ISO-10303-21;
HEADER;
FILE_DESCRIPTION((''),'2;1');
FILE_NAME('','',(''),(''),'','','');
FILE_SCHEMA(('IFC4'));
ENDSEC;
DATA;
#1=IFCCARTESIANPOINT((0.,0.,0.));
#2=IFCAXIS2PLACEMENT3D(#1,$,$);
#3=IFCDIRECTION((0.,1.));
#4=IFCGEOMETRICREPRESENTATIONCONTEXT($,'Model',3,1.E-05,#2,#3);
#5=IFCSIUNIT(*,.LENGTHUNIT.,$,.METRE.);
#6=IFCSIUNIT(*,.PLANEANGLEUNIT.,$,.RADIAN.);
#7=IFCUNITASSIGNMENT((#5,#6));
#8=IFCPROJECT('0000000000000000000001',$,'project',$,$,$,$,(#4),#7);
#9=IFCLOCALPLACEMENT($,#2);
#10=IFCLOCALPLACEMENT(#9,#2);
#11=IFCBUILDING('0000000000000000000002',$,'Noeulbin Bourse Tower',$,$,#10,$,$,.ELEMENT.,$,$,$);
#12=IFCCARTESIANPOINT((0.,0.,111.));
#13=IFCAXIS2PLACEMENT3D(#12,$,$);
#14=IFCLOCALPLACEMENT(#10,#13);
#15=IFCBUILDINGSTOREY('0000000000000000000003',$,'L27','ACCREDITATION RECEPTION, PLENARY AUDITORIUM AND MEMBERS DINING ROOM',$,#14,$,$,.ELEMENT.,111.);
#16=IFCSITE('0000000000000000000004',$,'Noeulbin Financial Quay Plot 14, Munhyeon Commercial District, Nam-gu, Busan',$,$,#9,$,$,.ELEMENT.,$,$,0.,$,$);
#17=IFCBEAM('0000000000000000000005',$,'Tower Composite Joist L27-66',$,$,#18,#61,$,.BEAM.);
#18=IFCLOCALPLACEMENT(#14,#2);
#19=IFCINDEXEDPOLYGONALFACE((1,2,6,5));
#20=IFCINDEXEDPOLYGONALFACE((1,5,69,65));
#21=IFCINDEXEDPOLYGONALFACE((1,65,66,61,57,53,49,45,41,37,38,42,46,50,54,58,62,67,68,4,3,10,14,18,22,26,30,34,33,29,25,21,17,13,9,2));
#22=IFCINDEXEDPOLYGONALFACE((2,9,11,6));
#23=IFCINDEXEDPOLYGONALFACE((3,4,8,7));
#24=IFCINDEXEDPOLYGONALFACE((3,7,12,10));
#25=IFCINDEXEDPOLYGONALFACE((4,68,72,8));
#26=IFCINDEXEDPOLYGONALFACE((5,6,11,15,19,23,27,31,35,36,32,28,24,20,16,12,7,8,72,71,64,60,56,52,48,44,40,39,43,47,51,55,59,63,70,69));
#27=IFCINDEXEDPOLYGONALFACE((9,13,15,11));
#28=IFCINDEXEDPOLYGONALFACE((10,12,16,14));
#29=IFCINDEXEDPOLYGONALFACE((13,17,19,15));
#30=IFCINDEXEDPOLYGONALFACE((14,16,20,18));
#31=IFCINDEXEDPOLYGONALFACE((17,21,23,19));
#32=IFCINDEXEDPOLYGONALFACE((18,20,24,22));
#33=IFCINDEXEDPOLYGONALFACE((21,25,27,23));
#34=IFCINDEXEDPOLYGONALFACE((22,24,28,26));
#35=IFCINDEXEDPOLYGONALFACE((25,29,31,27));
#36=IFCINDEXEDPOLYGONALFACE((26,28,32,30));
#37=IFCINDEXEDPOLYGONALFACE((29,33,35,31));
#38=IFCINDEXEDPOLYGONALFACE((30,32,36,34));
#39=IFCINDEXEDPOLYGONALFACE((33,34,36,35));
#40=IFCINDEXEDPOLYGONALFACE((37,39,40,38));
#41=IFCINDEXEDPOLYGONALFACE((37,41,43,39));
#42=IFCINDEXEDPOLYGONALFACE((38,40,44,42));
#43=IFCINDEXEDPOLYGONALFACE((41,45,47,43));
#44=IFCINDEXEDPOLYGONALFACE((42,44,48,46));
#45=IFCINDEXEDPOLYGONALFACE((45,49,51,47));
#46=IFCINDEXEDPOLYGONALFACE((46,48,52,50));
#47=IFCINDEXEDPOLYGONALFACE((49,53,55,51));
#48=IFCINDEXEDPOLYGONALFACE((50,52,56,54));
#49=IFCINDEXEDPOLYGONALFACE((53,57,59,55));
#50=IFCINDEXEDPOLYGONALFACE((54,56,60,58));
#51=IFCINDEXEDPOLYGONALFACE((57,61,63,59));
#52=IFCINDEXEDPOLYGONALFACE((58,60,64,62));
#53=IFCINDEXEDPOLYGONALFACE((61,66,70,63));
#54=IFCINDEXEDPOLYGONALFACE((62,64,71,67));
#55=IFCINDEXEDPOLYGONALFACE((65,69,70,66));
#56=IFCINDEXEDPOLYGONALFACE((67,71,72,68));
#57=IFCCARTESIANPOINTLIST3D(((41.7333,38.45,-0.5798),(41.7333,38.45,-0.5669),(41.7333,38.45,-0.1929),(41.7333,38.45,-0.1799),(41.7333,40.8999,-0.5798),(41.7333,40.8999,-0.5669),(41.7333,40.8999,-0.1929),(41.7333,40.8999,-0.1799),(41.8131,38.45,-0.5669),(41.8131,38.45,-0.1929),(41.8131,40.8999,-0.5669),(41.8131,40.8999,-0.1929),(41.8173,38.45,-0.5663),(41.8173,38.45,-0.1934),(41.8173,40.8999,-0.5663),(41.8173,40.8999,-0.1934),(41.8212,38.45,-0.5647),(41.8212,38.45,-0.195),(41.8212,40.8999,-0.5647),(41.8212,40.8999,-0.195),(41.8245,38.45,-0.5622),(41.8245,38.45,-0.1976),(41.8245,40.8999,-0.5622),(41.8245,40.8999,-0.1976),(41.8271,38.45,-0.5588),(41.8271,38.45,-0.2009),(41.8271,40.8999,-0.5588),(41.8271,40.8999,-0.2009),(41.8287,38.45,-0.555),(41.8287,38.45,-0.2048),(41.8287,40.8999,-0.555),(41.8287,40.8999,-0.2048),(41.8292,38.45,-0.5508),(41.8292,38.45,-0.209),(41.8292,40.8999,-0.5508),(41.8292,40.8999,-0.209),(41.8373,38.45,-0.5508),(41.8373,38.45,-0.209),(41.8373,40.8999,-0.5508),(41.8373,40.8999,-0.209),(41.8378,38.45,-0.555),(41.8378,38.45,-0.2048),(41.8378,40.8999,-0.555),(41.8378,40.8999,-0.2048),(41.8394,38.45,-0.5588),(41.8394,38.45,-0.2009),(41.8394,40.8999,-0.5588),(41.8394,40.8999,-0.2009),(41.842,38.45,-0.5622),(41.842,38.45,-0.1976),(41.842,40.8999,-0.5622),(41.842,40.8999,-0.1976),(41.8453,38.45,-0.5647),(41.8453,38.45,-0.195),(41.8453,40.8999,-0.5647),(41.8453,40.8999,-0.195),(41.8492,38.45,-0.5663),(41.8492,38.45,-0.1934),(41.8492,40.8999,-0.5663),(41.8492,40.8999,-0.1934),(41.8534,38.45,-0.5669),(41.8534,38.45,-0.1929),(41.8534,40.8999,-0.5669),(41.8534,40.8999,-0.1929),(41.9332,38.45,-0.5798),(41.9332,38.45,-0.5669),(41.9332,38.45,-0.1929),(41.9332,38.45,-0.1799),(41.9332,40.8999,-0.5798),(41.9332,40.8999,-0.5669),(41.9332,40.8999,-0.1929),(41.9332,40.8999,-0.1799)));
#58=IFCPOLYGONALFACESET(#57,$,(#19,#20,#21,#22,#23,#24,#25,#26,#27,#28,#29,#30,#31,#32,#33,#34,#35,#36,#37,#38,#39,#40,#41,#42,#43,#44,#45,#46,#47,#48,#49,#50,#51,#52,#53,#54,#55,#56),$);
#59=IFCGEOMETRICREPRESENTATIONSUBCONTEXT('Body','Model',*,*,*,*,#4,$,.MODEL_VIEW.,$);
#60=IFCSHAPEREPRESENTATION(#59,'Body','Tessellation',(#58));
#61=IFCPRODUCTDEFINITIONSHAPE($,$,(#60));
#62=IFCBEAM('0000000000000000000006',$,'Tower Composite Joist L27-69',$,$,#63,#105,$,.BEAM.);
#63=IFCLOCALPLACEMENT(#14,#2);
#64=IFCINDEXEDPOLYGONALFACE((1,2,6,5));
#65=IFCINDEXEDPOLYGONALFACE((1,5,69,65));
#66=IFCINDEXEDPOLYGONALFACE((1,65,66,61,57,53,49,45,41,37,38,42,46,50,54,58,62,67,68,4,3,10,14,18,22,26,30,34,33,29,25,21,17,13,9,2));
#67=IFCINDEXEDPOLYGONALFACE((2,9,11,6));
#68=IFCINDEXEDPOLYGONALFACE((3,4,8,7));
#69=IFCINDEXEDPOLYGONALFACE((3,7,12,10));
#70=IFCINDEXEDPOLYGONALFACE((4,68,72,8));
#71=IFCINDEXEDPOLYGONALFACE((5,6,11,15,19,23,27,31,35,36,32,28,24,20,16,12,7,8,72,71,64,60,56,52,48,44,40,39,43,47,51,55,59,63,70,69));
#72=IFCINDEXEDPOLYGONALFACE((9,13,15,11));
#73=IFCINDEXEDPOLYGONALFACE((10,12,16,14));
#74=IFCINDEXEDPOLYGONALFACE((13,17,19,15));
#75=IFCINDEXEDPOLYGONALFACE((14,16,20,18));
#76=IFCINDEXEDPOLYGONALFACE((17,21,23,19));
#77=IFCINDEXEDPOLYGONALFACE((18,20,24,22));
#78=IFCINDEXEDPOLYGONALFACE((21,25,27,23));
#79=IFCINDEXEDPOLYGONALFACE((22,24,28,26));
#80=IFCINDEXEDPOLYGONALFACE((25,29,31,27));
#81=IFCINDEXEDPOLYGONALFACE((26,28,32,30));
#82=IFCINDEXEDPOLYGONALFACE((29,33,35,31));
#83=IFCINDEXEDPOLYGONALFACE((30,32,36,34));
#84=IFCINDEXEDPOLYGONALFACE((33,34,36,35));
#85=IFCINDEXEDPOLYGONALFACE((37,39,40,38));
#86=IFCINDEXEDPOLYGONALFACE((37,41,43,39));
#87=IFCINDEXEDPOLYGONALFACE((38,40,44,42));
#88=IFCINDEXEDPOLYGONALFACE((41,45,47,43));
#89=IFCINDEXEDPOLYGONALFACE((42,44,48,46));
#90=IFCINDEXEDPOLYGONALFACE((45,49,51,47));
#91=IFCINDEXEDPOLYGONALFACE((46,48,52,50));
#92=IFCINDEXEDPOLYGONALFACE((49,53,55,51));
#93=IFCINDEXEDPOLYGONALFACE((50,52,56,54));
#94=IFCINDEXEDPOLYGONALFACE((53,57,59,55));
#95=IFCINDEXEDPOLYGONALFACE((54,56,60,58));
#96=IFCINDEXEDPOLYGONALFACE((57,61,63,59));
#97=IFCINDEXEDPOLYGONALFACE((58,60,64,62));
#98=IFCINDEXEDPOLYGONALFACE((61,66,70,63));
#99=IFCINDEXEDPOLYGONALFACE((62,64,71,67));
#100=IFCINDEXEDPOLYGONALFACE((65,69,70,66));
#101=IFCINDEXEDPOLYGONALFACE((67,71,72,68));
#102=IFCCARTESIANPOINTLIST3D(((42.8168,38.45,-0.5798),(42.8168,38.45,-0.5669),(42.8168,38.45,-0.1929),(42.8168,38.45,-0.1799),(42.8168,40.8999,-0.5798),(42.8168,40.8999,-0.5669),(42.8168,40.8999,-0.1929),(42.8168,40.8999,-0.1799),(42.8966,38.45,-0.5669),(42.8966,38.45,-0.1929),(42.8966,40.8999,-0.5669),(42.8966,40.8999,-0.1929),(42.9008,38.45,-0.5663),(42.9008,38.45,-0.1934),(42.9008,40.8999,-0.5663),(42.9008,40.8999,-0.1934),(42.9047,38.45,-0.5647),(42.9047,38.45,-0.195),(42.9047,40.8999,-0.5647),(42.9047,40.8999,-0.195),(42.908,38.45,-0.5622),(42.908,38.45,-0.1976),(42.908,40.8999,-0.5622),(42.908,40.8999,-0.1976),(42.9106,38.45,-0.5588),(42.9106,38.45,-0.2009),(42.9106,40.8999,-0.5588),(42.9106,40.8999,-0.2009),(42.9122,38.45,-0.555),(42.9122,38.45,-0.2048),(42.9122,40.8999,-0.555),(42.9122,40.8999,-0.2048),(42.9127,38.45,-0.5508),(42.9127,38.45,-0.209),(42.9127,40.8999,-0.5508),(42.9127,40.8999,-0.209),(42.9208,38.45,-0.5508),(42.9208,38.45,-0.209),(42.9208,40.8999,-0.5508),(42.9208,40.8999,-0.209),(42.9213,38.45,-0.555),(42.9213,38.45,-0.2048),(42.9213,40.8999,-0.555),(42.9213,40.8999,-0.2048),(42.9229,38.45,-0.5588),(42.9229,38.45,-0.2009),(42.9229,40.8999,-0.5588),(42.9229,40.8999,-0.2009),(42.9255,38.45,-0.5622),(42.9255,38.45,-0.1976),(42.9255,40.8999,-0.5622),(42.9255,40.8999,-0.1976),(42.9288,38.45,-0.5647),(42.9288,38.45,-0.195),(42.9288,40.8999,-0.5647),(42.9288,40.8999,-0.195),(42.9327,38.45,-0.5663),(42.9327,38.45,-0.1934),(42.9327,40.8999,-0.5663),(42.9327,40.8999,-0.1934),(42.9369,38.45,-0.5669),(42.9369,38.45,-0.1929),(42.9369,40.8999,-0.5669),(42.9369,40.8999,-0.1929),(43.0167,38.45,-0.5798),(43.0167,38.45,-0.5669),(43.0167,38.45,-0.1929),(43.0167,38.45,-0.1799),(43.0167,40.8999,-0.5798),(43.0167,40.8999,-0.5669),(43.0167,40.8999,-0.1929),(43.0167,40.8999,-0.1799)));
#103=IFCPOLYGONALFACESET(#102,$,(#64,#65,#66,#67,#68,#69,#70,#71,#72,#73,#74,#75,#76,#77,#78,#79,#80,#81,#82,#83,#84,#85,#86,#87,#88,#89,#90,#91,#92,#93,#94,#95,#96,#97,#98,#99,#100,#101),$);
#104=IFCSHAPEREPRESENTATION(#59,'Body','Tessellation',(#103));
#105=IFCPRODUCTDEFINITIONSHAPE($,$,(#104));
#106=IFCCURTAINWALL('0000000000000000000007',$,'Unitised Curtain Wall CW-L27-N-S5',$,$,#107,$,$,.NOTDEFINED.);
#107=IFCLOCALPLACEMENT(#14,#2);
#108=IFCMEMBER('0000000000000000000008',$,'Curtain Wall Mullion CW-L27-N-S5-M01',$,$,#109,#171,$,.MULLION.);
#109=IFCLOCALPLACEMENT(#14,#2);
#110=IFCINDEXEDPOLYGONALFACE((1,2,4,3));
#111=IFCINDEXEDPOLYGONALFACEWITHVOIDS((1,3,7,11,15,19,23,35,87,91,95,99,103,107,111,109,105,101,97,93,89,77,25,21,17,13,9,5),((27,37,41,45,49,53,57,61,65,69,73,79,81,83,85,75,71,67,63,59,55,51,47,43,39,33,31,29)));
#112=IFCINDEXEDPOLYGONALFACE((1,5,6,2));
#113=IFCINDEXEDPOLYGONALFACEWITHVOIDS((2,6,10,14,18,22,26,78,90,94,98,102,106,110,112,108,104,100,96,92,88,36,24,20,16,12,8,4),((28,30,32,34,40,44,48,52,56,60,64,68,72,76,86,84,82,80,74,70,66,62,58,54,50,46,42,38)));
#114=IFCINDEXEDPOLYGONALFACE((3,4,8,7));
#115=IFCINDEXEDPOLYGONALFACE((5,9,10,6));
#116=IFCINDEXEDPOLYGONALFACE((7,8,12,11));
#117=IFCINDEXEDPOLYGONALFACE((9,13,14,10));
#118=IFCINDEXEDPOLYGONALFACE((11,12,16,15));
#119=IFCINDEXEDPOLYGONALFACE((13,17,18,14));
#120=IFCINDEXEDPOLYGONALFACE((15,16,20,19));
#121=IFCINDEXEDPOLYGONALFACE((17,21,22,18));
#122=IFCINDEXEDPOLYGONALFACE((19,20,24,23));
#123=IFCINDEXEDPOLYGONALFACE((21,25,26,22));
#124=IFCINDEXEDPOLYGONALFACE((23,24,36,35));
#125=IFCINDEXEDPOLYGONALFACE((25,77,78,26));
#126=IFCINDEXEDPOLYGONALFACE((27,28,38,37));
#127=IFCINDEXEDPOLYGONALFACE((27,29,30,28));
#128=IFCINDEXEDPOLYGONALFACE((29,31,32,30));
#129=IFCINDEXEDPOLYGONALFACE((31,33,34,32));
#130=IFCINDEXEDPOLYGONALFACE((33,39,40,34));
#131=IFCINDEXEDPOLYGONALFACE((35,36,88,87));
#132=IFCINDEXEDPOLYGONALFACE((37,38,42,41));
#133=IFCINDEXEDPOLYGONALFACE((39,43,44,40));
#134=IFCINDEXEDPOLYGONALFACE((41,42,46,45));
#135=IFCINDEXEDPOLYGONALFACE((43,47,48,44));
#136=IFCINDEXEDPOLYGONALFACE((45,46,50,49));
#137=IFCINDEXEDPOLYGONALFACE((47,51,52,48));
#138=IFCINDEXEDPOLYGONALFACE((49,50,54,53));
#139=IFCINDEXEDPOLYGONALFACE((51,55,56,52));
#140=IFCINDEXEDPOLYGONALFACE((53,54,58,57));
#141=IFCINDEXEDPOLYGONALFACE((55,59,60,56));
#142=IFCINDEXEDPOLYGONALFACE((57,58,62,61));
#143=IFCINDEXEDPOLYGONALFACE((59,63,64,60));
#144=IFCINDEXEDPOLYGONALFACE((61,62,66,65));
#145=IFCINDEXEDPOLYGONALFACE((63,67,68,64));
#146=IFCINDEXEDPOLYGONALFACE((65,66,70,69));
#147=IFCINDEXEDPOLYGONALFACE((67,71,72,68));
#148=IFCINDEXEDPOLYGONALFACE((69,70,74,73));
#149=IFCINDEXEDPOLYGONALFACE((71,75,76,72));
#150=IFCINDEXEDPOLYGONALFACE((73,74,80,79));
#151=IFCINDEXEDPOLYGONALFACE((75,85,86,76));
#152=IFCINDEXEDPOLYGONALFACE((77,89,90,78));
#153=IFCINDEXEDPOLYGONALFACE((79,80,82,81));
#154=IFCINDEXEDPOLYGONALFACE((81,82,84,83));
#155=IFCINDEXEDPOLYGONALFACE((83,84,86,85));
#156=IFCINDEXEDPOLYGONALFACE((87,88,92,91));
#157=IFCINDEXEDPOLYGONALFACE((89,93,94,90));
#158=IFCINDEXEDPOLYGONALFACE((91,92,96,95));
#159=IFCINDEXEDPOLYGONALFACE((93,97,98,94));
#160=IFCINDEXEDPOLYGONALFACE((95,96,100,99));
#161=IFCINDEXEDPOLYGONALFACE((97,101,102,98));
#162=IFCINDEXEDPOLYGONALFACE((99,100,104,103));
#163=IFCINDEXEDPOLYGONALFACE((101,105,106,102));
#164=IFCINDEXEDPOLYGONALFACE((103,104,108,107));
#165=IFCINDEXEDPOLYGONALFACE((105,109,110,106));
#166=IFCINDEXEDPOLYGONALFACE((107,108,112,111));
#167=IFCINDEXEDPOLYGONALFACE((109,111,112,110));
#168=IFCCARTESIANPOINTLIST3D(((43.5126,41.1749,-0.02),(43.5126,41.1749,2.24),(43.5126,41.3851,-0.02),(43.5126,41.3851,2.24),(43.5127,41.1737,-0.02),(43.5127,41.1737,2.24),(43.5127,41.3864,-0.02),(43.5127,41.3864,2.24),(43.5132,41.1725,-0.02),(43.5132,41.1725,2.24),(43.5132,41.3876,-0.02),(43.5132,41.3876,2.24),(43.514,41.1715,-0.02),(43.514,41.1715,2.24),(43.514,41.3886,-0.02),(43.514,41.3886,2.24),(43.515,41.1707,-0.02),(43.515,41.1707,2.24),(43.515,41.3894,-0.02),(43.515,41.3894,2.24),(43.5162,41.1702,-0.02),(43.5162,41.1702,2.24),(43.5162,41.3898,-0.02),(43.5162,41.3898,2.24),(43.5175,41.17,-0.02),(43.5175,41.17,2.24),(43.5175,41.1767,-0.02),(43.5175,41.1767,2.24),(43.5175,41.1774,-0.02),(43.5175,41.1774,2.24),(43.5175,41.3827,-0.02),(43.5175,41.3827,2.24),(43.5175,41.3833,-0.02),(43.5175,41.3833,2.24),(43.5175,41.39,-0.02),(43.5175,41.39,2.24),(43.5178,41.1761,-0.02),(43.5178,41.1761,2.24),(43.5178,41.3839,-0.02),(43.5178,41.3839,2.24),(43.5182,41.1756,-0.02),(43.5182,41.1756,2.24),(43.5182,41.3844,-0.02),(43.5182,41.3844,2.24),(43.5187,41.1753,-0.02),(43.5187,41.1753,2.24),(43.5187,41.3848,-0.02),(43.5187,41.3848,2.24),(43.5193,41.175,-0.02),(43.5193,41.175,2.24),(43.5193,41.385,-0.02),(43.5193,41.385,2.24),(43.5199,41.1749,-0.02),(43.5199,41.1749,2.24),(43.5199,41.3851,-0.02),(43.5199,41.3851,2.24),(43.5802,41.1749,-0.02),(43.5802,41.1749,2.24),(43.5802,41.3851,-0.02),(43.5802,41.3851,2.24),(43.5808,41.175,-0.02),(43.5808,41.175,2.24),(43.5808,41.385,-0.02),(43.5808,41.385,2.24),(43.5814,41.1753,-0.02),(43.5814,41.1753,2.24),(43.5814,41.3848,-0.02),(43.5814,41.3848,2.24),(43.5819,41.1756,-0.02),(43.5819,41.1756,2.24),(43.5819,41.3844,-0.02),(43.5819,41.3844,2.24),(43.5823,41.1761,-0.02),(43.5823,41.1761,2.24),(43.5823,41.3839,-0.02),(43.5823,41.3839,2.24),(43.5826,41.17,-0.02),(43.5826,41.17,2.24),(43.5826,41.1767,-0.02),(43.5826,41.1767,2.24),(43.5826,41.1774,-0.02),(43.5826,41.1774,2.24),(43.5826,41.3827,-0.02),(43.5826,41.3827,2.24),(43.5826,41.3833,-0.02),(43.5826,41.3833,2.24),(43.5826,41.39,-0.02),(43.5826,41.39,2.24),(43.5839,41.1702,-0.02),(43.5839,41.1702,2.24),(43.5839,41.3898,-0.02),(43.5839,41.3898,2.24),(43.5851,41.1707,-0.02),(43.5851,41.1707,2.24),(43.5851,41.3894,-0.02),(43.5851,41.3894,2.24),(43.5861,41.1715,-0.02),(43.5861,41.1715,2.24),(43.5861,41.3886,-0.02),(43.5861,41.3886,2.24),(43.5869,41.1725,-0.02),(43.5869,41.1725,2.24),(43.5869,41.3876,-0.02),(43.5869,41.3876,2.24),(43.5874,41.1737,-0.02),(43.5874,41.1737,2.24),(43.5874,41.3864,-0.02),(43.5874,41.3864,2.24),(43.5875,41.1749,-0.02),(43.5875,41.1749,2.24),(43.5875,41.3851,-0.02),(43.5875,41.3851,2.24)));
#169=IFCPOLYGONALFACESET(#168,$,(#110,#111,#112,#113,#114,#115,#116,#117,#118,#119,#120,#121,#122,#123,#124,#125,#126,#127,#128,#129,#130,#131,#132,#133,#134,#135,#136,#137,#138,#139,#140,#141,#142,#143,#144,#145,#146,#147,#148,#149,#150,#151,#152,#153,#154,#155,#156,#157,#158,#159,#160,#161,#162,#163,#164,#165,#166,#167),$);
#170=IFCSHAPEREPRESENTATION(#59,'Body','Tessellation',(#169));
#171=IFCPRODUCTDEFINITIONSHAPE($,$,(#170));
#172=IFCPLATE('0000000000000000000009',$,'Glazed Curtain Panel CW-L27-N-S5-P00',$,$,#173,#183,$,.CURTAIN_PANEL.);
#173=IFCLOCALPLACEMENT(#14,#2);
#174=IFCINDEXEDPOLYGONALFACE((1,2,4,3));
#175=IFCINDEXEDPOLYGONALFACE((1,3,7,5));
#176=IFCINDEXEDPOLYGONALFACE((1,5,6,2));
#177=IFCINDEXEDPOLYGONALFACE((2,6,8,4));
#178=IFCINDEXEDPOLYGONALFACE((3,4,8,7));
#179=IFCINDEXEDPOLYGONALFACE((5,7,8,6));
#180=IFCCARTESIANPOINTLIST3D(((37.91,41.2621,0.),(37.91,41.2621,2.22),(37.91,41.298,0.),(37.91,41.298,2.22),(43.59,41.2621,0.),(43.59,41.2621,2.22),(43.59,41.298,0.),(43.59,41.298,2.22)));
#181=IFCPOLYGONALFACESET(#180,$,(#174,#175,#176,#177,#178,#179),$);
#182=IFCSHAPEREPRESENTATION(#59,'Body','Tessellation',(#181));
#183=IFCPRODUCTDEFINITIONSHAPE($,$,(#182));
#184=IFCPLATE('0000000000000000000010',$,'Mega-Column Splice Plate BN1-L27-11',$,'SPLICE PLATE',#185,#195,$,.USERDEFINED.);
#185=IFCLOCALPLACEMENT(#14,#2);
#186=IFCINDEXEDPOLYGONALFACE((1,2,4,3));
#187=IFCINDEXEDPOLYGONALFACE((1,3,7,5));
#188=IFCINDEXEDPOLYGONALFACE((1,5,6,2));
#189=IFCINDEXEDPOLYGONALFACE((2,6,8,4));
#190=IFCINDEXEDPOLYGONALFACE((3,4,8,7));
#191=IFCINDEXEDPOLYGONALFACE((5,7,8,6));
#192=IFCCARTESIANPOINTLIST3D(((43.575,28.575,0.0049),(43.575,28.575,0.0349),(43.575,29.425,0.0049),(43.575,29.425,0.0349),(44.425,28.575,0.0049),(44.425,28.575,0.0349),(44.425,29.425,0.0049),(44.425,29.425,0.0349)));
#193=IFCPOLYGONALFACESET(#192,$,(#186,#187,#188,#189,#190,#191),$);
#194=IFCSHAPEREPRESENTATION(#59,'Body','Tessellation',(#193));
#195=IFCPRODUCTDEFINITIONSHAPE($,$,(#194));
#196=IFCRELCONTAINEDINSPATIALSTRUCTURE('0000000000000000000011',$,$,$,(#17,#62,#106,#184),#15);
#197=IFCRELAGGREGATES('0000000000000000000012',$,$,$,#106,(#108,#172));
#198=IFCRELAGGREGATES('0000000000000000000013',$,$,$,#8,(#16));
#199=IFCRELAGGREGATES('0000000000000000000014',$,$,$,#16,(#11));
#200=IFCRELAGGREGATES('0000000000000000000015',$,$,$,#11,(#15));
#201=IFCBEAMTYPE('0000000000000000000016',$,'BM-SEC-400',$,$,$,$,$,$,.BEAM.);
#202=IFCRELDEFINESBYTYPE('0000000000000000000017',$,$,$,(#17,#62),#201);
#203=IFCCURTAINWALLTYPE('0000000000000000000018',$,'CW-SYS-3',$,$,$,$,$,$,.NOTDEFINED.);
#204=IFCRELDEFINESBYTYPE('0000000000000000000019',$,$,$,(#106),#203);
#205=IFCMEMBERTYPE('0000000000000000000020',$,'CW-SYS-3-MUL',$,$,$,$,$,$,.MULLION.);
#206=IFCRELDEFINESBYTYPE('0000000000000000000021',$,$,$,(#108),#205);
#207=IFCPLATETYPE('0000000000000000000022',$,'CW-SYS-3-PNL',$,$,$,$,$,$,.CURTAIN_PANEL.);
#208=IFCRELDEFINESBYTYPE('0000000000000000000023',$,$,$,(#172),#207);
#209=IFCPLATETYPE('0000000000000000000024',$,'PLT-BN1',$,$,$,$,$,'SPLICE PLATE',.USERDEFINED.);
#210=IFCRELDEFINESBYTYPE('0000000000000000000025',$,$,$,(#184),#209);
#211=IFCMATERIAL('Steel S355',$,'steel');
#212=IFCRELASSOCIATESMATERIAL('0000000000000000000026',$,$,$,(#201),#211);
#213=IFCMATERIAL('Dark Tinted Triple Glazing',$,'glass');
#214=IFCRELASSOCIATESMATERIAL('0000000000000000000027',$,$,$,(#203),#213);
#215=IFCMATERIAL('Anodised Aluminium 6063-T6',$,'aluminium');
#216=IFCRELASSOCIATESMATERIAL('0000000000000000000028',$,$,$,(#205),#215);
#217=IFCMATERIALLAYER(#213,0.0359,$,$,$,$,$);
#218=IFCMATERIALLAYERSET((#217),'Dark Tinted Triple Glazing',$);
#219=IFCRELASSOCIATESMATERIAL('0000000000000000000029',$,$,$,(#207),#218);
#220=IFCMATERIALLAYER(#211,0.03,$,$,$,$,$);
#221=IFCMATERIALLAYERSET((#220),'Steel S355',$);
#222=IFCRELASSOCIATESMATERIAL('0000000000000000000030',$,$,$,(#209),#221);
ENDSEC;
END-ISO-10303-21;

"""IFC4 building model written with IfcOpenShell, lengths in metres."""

from ifc_helpers import new_model, si_unit, direction, frame, origin, origin_2d, place, context, subcontext, project, spatial, rectangle, hollow_rectangle, i_section, extrude, material, layer, layer_set, material_profile, profile_set, type_object, element, aggregate, save


model = new_model("IFC4")

# Units and contexts
model_context = context("Model", 3, precision=1e-05, world=origin(), true_north=direction((0.0, 1.0)))
body_context = subcontext(model_context, "Body", "Model", "MODEL_VIEW")
ifc_project = project(units=[si_unit("LENGTHUNIT", "METRE"), si_unit("PLANEANGLEUNIT", "RADIAN")], contexts=[model_context])

# Site, building, storey
site_placement = place(None, origin())
site = spatial("IfcSite", under=ifc_project, at=site_placement, Name="Noeulbin Financial Quay Plot 14, Munhyeon Commercial District, Nam-gu, Busan", CompositionType="ELEMENT", RefElevation=0.0)
building_placement = place(site_placement, origin())
building = spatial("IfcBuilding", under=site, at=building_placement, Name="Noeulbin Bourse Tower", CompositionType="ELEMENT")
storey_placement = place(building_placement, frame((0.0, 0.0, 111.0)))
storey = spatial("IfcBuildingStorey", under=building, at=storey_placement, Name="L27", Description="ACCREDITATION RECEPTION, PLENARY AUDITORIUM AND MEMBERS DINING ROOM", CompositionType="ELEMENT", Elevation=111.0)

# Shared definitions
ifc_material_1 = material(Name="Steel S355", Category="steel")

# Beams
ifc_material_profile_1 = material_profile(ifc_material_1, i_section(OverallWidth=0.2, OverallDepth=0.3999, WebThickness=0.0081, FlangeThickness=0.0129, FilletRadius=0.0161, at=origin_2d()), Name="H-400x200x8x13", Category="LoadBearing")
ifc_profile_set_1 = profile_set([ifc_material_profile_1], Name="Steel S355")
beam_type_1 = type_object("IfcBeamType", Name="BM-SEC-400", PredefinedType="BEAM", material=ifc_profile_set_1)
for number, where, z_axis, x_axis, name in (
    (1, (41.8333, 38.45, -0.3799), (0.0, 1.0, 0.0), (-1.0, 0.0, 0.0), "Tower Composite Joist L27-66"),
    (2, (42.9167, 38.45, -0.3799), (0.0, 1.0, 0.0), (-1.0, 0.0, 0.0), "Tower Composite Joist L27-69"),
):
    element("IfcBeam", number, at=place(storey_placement, frame(where, z_axis=z_axis, x_axis=x_axis)), inside=storey, type_object=beam_type_1, Name=name, PredefinedType="BEAM", context=body_context, shape_type="SweptSolid", body=[
        extrude(i_section(OverallWidth=0.2, OverallDepth=0.3999, WebThickness=0.0081, FlangeThickness=0.0129, FilletRadius=0.0161, at=origin_2d()), origin(), (0.0, 0.0, 1.0), 2.45),
    ])

# Curtain wall, member, plate
ifc_material_2 = material(Name="Dark Tinted Triple Glazing", Category="glass")
curtain_wall_type = type_object("IfcCurtainWallType", Name="CW-SYS-3", PredefinedType="NOTDEFINED", material=ifc_material_2)
curtain_wall_placement = place(storey_placement, origin())
curtain_wall = element("IfcCurtainWall", 3, at=curtain_wall_placement, inside=storey, type_object=curtain_wall_type, Name="Unitised Curtain Wall CW-L27-N-S5", PredefinedType="NOTDEFINED")
ifc_material_3 = material(Name="Anodised Aluminium 6063-T6", Category="aluminium")
ifc_material_profile_2 = material_profile(ifc_material_3, hollow_rectangle(XDim=0.075, YDim=0.22, WallThickness=0.0049, InnerFilletRadius=0.0024, OuterFilletRadius=0.0049, at=origin_2d()), Name="ALU-MULL-75x220x5", Category="LoadBearing")
ifc_profile_set_2 = profile_set([ifc_material_profile_2], Name="Anodised Aluminium 6063-T6")
member_type = type_object("IfcMemberType", Name="CW-SYS-3-MUL", PredefinedType="MULLION", material=ifc_profile_set_2)
member_placement = place(storey_placement, frame((43.55, 41.28, -0.02), z_axis=(0.0, 0.0, 1.0), x_axis=(1.0, 0.0, 0.0)))
member = element("IfcMember", 4, at=member_placement, type_object=member_type, Name="Curtain Wall Mullion CW-L27-N-S5-M01", PredefinedType="MULLION", context=body_context, shape_type="SweptSolid", body=[
    extrude(hollow_rectangle(XDim=0.075, YDim=0.22, WallThickness=0.0049, InnerFilletRadius=0.0024, OuterFilletRadius=0.0049, at=origin_2d()), origin(), (0.0, 0.0, 1.0), 2.26),
])
ifc_layer_1 = layer(ifc_material_2, 0.0359)
ifc_layer_set_1 = layer_set([ifc_layer_1], Name="Dark Tinted Triple Glazing")
plate_type_1 = type_object("IfcPlateType", Name="CW-SYS-3-PNL", PredefinedType="CURTAIN_PANEL", material=ifc_layer_set_1)
plate_1_placement = place(storey_placement, frame((40.75, 41.28, 0.0), z_axis=(0.0, 0.0, 1.0), x_axis=(1.0, 0.0, 0.0)))
plate_1 = element("IfcPlate", 5, at=plate_1_placement, type_object=plate_type_1, Name="Glazed Curtain Panel CW-L27-N-S5-P00", PredefinedType="CURTAIN_PANEL", context=body_context, shape_type="SweptSolid", body=[
    extrude(rectangle(XDim=5.6799, YDim=0.0359, at=origin_2d()), origin(), (0.0, 0.0, 1.0), 2.22),
])
aggregate(curtain_wall, [member, plate_1])

# Plate
ifc_layer_2 = layer(ifc_material_1, 0.03)
ifc_layer_set_2 = layer_set([ifc_layer_2], Name="Steel S355")
plate_type_2 = type_object("IfcPlateType", Name="PLT-BN1", ElementType="SPLICE PLATE", PredefinedType="USERDEFINED", material=ifc_layer_set_2)
for number, where, z_axis, x_axis, name in (
    (6, (44.0, 29.0, 0.0049), (0.0, 0.0, 1.0), (1.0, 0.0, 0.0), "Mega-Column Splice Plate BN1-L27-11"),
):
    element("IfcPlate", number, at=place(storey_placement, frame(where, z_axis=z_axis, x_axis=x_axis)), inside=storey, type_object=plate_type_2, Name=name, ObjectType="SPLICE PLATE", PredefinedType="USERDEFINED", context=body_context, shape_type="SweptSolid", body=[
        extrude(rectangle(XDim=0.8501, YDim=0.8501, at=origin_2d()), origin(), (0.0, 0.0, 1.0), 0.03),
    ])

save(model, "model.ifc")
